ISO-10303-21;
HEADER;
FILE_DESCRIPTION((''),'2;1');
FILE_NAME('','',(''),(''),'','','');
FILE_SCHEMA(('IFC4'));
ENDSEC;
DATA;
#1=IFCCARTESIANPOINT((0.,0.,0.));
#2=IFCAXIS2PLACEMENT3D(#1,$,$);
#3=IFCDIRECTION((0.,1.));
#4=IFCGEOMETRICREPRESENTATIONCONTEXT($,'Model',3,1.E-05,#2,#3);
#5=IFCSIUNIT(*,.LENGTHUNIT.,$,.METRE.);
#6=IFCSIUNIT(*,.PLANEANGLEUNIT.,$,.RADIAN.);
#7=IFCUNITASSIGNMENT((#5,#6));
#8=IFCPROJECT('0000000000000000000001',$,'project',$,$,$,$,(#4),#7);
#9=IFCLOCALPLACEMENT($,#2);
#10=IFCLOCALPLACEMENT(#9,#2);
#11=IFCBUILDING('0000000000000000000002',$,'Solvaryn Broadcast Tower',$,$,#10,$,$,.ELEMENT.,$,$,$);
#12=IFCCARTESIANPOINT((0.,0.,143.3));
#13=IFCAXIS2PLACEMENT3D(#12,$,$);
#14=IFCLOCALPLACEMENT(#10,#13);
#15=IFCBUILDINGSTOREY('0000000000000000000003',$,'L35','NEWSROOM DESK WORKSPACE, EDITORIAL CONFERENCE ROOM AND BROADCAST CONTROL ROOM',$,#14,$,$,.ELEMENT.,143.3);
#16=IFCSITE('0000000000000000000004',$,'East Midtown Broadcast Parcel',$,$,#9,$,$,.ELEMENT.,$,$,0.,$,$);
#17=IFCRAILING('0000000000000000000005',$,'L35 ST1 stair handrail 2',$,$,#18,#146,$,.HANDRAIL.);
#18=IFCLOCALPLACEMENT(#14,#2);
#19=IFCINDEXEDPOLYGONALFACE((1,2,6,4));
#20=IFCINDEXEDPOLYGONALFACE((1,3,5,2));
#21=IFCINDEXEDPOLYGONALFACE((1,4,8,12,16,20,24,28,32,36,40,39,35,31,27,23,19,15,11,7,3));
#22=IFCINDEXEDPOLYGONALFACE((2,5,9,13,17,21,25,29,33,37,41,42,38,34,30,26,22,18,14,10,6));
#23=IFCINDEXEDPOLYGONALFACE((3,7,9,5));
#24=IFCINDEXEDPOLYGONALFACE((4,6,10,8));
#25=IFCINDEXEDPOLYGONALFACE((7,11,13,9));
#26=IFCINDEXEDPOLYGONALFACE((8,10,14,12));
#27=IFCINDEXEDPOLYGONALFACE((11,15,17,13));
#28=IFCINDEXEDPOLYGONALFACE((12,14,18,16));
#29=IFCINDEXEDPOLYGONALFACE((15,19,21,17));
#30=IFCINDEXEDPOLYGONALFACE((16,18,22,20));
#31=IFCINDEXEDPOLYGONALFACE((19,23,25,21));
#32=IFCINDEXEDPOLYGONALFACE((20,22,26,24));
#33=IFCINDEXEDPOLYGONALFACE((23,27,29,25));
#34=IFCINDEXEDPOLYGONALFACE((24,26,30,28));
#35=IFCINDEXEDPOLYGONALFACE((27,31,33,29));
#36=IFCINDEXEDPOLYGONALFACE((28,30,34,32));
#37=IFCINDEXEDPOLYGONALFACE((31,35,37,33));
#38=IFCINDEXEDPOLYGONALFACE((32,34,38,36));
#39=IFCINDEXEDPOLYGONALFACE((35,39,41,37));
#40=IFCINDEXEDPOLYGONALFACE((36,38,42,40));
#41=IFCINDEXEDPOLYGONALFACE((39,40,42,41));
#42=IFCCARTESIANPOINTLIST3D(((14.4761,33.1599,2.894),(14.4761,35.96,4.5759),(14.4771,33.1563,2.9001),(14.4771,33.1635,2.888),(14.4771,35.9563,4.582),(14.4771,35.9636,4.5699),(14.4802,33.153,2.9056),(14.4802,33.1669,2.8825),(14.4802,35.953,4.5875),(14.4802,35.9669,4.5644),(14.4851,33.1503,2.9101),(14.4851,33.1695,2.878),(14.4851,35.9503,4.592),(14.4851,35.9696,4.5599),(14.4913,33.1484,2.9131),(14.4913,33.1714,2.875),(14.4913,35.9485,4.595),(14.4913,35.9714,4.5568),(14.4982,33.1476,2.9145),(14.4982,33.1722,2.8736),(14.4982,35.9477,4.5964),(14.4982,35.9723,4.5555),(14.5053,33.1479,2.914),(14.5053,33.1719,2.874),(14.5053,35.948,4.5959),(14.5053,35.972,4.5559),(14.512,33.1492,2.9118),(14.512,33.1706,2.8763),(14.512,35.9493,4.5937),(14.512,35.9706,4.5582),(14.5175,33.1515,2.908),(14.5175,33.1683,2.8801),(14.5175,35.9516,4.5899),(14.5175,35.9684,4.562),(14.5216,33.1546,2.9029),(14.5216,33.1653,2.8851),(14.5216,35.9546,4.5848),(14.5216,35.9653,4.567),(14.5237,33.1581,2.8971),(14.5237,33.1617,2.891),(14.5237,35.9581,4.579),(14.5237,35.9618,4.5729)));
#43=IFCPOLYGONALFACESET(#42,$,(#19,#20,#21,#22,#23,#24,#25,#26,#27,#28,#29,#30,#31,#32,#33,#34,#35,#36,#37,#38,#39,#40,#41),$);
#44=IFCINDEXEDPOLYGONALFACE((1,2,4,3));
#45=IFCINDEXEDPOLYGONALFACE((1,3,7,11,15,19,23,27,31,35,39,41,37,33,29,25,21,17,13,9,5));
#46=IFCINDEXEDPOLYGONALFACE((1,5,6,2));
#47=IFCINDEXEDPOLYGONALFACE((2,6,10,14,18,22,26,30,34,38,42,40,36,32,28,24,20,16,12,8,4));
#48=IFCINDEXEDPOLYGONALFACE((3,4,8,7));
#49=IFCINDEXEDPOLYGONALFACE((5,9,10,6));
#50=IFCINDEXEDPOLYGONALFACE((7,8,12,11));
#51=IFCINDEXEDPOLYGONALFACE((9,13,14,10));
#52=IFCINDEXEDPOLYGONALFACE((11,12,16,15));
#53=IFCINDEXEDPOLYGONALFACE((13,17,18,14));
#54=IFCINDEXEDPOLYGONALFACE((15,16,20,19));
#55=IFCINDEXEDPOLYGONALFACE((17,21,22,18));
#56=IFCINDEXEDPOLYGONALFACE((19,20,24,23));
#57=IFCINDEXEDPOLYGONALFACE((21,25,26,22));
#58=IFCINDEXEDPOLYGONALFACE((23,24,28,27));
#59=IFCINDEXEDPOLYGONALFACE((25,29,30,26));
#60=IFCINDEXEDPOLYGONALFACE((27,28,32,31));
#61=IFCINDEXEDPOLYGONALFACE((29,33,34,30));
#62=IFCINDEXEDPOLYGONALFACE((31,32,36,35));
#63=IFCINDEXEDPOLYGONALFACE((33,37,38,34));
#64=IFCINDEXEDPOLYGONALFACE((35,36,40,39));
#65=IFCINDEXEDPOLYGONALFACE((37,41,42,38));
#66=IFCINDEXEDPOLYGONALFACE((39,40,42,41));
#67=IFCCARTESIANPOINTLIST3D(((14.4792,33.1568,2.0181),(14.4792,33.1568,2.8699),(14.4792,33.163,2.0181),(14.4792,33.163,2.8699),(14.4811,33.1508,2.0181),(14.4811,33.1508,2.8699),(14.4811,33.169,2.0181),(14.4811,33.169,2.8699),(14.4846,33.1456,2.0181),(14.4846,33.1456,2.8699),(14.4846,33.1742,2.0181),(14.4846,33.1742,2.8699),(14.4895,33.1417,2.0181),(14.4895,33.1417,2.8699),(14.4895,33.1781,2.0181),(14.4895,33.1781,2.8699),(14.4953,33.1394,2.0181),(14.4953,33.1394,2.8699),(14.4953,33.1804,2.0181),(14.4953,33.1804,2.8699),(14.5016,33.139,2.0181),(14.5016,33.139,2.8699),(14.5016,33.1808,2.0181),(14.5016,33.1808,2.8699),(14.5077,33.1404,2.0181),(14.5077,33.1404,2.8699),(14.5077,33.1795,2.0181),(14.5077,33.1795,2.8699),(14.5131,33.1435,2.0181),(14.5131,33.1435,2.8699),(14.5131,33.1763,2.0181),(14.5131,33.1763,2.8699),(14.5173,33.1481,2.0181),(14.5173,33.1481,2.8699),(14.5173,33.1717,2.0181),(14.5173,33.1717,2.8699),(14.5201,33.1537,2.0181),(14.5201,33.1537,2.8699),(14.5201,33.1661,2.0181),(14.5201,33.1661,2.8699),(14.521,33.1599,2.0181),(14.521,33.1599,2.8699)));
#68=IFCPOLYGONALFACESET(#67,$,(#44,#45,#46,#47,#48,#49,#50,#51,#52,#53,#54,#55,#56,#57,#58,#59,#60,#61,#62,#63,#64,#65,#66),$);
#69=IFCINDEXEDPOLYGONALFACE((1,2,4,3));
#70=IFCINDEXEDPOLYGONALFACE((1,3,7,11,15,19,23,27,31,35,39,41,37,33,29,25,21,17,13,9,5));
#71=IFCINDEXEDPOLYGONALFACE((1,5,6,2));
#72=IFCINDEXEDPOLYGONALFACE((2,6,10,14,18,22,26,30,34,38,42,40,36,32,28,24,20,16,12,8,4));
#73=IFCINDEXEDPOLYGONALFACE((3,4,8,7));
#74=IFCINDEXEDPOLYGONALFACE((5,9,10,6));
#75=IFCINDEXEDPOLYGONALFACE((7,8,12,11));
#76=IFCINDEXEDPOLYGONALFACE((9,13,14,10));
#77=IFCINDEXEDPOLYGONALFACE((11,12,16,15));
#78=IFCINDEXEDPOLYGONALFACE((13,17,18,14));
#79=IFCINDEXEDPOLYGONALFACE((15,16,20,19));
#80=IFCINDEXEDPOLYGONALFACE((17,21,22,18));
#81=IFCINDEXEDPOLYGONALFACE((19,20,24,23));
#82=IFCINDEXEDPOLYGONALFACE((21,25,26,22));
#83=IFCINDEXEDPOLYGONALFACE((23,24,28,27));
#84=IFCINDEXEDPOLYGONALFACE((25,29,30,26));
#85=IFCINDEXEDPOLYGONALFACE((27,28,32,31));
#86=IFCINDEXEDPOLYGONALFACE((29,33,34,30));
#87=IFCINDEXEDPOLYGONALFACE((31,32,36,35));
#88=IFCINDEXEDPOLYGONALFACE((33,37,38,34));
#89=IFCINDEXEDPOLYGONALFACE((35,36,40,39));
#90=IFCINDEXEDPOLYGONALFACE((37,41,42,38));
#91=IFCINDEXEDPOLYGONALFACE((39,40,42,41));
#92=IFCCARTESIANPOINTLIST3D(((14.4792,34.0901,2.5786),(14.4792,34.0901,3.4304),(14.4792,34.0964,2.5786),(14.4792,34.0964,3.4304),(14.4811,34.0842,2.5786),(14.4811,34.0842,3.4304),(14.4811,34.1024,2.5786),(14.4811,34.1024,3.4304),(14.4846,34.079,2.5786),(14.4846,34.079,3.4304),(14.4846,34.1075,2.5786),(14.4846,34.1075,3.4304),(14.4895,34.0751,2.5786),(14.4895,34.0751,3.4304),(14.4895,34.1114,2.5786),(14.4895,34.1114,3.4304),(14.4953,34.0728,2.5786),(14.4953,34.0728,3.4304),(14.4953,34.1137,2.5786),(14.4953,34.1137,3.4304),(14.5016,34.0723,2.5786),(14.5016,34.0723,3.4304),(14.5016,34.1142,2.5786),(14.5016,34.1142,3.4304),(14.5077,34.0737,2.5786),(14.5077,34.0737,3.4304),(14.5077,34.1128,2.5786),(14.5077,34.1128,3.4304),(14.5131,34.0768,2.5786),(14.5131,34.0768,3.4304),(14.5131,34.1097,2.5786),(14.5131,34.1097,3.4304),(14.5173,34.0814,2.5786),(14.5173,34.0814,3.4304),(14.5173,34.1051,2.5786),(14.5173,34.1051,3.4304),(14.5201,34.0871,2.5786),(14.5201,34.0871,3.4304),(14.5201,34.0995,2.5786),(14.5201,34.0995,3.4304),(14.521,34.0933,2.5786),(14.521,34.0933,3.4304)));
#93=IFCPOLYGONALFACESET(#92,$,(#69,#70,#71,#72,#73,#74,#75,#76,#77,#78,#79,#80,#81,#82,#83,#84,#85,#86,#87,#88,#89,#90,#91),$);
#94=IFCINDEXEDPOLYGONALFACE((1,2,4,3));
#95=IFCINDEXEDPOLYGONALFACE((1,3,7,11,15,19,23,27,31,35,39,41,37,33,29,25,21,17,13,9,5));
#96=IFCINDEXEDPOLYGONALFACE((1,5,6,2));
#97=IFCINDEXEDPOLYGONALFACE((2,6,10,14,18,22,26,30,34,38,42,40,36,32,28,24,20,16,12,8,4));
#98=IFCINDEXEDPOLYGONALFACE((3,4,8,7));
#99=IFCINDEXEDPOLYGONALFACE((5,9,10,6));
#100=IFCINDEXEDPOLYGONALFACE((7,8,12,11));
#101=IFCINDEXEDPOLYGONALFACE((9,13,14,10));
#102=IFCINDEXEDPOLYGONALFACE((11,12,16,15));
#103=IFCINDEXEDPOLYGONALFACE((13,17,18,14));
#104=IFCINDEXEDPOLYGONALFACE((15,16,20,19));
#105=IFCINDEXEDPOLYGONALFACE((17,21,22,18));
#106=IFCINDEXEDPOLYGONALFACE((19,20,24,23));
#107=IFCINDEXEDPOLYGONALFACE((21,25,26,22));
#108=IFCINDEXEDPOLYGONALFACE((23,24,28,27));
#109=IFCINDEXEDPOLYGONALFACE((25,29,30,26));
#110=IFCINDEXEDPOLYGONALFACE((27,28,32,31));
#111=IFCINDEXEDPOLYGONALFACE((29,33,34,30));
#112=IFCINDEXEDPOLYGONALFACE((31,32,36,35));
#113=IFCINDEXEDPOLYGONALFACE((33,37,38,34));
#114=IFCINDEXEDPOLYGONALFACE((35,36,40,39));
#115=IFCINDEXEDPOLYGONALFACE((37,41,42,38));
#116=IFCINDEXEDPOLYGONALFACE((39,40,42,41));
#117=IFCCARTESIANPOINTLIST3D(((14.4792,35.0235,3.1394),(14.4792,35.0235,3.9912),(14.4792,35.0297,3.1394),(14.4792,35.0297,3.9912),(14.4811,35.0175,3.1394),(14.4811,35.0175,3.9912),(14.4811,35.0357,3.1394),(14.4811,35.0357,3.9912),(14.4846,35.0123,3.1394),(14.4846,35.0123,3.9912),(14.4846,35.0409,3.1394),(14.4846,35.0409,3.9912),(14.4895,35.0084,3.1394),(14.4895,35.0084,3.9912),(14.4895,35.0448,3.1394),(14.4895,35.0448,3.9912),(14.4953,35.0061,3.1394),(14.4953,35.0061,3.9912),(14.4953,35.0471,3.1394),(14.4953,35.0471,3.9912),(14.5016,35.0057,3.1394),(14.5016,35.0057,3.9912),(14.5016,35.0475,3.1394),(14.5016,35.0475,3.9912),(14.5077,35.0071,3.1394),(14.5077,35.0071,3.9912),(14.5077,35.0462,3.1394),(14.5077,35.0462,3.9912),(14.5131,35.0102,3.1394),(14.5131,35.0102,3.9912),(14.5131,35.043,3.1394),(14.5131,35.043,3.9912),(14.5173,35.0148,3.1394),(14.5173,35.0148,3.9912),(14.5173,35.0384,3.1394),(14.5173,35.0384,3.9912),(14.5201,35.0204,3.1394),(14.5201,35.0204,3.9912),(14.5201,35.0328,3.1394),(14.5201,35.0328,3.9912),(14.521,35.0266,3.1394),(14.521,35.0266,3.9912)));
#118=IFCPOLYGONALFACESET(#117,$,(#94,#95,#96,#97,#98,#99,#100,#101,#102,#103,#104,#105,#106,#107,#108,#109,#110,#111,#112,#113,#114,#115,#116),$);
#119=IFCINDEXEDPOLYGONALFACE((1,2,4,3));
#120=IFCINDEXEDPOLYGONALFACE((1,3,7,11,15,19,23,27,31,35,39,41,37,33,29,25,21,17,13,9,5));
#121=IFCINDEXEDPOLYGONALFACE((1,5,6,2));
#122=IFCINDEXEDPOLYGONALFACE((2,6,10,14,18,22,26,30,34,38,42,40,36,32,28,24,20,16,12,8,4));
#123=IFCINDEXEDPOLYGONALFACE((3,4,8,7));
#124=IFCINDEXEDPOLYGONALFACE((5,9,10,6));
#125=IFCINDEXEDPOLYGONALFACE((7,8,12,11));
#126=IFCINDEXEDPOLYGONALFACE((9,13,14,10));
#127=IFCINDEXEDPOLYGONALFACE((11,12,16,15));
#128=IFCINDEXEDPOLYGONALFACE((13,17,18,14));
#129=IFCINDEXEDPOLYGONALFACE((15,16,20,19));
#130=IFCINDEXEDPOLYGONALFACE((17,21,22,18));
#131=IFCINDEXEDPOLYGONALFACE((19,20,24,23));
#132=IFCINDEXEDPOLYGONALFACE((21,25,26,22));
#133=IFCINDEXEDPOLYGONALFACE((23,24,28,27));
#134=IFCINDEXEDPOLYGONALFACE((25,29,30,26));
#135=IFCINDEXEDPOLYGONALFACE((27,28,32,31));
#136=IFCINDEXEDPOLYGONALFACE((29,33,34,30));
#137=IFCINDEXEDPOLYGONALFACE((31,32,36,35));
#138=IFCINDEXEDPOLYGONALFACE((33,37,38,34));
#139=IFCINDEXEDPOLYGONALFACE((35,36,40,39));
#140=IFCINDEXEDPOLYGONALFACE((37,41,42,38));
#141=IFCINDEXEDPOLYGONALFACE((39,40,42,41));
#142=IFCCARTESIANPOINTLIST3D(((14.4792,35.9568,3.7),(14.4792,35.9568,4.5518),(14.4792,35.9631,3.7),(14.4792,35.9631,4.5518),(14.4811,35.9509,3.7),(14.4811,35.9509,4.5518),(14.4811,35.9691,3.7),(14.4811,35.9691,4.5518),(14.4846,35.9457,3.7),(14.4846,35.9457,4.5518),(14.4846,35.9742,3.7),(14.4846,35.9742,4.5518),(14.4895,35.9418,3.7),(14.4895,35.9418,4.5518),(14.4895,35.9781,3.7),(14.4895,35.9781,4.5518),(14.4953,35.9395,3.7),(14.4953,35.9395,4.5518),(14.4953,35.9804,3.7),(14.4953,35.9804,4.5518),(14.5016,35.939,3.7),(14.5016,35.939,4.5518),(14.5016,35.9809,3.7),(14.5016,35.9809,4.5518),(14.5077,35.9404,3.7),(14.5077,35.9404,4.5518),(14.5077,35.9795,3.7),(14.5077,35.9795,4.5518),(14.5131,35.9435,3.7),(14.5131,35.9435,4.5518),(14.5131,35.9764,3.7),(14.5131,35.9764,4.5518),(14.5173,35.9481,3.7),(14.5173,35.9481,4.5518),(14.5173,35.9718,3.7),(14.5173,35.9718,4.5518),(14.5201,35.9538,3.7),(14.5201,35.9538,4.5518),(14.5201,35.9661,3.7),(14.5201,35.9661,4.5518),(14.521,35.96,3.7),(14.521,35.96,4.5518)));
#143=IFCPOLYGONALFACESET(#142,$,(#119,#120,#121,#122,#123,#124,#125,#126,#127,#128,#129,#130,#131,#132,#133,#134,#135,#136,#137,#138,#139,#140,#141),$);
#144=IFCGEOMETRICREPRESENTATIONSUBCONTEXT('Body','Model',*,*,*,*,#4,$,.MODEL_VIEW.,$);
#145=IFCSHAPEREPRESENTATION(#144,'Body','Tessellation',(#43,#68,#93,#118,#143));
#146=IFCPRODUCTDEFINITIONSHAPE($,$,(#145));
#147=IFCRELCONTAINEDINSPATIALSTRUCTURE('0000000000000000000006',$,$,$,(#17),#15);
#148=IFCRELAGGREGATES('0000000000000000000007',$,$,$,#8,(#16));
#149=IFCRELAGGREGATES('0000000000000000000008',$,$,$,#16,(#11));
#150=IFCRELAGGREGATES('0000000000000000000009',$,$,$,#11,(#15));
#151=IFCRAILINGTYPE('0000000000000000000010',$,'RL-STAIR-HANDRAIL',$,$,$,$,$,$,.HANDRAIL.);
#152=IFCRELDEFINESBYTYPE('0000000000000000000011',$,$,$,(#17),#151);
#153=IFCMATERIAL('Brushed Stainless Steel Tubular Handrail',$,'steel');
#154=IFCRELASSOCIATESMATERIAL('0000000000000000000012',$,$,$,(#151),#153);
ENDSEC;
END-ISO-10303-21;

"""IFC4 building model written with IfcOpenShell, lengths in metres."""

from ifc_helpers import new_model, si_unit, direction, frame, origin, origin_2d, place, context, subcontext, project, spatial, circle, extrude, material, type_object, element, save


model = new_model("IFC4")

# Units and contexts
model_context = context("Model", 3, precision=1e-05, world=origin(), true_north=direction((0.0, 1.0)))
body_context = subcontext(model_context, "Body", "Model", "MODEL_VIEW")
ifc_project = project(units=[si_unit("LENGTHUNIT", "METRE"), si_unit("PLANEANGLEUNIT", "RADIAN")], contexts=[model_context])

# Site, building, storey
site_placement = place(None, origin())
site = spatial("IfcSite", under=ifc_project, at=site_placement, Name="East Midtown Broadcast Parcel", CompositionType="ELEMENT", RefElevation=0.0)
building_placement = place(site_placement, origin())
building = spatial("IfcBuilding", under=site, at=building_placement, Name="Solvaryn Broadcast Tower", CompositionType="ELEMENT")
storey_placement = place(building_placement, frame((0.0, 0.0, 143.3)))
storey = spatial("IfcBuildingStorey", under=building, at=storey_placement, Name="L35", Description="NEWSROOM DESK WORKSPACE, EDITORIAL CONFERENCE ROOM AND BROADCAST CONTROL ROOM", CompositionType="ELEMENT", Elevation=143.3)

# Railing
ifc_material_1 = material(Name="Brushed Stainless Steel Tubular Handrail", Category="steel")
railing_type_1 = type_object("IfcRailingType", Name="RL-STAIR-HANDRAIL", PredefinedType="HANDRAIL", material=ifc_material_1)
railing_1_placement = place(storey_placement, frame((14.5, 33.1599, 2.0181)))
element("IfcRailing", 1, at=railing_1_placement, inside=storey, type_object=railing_type_1, Name="L35 ST1 stair handrail 2", PredefinedType="HANDRAIL", context=body_context, shape_type="SweptSolid", body=[
    extrude(circle(Radius=0.0239, at=origin_2d()), frame((0.0, 0.0, 0.876), z_axis=(0.0, 0.857242, 0.514913), x_axis=(-1.0, 0.0, 0.0)), (0.0, 0.0, 1.0), 3.2664),
    extrude(circle(Radius=0.021, at=origin_2d()), origin(), (0.0, 0.0, 1.0), 0.8518),
    extrude(circle(Radius=0.021, at=origin_2d()), frame((0.0, 0.9333, 0.5605)), (0.0, 0.0, 1.0), 0.8518),
    extrude(circle(Radius=0.021, at=origin_2d()), frame((0.0, 1.8667, 1.1213)), (0.0, 0.0, 1.0), 0.8518),
    extrude(circle(Radius=0.021, at=origin_2d()), frame((0.0, 2.8, 1.6819)), (0.0, 0.0, 1.0), 0.8518),
])

save(model, "model.ifc")
